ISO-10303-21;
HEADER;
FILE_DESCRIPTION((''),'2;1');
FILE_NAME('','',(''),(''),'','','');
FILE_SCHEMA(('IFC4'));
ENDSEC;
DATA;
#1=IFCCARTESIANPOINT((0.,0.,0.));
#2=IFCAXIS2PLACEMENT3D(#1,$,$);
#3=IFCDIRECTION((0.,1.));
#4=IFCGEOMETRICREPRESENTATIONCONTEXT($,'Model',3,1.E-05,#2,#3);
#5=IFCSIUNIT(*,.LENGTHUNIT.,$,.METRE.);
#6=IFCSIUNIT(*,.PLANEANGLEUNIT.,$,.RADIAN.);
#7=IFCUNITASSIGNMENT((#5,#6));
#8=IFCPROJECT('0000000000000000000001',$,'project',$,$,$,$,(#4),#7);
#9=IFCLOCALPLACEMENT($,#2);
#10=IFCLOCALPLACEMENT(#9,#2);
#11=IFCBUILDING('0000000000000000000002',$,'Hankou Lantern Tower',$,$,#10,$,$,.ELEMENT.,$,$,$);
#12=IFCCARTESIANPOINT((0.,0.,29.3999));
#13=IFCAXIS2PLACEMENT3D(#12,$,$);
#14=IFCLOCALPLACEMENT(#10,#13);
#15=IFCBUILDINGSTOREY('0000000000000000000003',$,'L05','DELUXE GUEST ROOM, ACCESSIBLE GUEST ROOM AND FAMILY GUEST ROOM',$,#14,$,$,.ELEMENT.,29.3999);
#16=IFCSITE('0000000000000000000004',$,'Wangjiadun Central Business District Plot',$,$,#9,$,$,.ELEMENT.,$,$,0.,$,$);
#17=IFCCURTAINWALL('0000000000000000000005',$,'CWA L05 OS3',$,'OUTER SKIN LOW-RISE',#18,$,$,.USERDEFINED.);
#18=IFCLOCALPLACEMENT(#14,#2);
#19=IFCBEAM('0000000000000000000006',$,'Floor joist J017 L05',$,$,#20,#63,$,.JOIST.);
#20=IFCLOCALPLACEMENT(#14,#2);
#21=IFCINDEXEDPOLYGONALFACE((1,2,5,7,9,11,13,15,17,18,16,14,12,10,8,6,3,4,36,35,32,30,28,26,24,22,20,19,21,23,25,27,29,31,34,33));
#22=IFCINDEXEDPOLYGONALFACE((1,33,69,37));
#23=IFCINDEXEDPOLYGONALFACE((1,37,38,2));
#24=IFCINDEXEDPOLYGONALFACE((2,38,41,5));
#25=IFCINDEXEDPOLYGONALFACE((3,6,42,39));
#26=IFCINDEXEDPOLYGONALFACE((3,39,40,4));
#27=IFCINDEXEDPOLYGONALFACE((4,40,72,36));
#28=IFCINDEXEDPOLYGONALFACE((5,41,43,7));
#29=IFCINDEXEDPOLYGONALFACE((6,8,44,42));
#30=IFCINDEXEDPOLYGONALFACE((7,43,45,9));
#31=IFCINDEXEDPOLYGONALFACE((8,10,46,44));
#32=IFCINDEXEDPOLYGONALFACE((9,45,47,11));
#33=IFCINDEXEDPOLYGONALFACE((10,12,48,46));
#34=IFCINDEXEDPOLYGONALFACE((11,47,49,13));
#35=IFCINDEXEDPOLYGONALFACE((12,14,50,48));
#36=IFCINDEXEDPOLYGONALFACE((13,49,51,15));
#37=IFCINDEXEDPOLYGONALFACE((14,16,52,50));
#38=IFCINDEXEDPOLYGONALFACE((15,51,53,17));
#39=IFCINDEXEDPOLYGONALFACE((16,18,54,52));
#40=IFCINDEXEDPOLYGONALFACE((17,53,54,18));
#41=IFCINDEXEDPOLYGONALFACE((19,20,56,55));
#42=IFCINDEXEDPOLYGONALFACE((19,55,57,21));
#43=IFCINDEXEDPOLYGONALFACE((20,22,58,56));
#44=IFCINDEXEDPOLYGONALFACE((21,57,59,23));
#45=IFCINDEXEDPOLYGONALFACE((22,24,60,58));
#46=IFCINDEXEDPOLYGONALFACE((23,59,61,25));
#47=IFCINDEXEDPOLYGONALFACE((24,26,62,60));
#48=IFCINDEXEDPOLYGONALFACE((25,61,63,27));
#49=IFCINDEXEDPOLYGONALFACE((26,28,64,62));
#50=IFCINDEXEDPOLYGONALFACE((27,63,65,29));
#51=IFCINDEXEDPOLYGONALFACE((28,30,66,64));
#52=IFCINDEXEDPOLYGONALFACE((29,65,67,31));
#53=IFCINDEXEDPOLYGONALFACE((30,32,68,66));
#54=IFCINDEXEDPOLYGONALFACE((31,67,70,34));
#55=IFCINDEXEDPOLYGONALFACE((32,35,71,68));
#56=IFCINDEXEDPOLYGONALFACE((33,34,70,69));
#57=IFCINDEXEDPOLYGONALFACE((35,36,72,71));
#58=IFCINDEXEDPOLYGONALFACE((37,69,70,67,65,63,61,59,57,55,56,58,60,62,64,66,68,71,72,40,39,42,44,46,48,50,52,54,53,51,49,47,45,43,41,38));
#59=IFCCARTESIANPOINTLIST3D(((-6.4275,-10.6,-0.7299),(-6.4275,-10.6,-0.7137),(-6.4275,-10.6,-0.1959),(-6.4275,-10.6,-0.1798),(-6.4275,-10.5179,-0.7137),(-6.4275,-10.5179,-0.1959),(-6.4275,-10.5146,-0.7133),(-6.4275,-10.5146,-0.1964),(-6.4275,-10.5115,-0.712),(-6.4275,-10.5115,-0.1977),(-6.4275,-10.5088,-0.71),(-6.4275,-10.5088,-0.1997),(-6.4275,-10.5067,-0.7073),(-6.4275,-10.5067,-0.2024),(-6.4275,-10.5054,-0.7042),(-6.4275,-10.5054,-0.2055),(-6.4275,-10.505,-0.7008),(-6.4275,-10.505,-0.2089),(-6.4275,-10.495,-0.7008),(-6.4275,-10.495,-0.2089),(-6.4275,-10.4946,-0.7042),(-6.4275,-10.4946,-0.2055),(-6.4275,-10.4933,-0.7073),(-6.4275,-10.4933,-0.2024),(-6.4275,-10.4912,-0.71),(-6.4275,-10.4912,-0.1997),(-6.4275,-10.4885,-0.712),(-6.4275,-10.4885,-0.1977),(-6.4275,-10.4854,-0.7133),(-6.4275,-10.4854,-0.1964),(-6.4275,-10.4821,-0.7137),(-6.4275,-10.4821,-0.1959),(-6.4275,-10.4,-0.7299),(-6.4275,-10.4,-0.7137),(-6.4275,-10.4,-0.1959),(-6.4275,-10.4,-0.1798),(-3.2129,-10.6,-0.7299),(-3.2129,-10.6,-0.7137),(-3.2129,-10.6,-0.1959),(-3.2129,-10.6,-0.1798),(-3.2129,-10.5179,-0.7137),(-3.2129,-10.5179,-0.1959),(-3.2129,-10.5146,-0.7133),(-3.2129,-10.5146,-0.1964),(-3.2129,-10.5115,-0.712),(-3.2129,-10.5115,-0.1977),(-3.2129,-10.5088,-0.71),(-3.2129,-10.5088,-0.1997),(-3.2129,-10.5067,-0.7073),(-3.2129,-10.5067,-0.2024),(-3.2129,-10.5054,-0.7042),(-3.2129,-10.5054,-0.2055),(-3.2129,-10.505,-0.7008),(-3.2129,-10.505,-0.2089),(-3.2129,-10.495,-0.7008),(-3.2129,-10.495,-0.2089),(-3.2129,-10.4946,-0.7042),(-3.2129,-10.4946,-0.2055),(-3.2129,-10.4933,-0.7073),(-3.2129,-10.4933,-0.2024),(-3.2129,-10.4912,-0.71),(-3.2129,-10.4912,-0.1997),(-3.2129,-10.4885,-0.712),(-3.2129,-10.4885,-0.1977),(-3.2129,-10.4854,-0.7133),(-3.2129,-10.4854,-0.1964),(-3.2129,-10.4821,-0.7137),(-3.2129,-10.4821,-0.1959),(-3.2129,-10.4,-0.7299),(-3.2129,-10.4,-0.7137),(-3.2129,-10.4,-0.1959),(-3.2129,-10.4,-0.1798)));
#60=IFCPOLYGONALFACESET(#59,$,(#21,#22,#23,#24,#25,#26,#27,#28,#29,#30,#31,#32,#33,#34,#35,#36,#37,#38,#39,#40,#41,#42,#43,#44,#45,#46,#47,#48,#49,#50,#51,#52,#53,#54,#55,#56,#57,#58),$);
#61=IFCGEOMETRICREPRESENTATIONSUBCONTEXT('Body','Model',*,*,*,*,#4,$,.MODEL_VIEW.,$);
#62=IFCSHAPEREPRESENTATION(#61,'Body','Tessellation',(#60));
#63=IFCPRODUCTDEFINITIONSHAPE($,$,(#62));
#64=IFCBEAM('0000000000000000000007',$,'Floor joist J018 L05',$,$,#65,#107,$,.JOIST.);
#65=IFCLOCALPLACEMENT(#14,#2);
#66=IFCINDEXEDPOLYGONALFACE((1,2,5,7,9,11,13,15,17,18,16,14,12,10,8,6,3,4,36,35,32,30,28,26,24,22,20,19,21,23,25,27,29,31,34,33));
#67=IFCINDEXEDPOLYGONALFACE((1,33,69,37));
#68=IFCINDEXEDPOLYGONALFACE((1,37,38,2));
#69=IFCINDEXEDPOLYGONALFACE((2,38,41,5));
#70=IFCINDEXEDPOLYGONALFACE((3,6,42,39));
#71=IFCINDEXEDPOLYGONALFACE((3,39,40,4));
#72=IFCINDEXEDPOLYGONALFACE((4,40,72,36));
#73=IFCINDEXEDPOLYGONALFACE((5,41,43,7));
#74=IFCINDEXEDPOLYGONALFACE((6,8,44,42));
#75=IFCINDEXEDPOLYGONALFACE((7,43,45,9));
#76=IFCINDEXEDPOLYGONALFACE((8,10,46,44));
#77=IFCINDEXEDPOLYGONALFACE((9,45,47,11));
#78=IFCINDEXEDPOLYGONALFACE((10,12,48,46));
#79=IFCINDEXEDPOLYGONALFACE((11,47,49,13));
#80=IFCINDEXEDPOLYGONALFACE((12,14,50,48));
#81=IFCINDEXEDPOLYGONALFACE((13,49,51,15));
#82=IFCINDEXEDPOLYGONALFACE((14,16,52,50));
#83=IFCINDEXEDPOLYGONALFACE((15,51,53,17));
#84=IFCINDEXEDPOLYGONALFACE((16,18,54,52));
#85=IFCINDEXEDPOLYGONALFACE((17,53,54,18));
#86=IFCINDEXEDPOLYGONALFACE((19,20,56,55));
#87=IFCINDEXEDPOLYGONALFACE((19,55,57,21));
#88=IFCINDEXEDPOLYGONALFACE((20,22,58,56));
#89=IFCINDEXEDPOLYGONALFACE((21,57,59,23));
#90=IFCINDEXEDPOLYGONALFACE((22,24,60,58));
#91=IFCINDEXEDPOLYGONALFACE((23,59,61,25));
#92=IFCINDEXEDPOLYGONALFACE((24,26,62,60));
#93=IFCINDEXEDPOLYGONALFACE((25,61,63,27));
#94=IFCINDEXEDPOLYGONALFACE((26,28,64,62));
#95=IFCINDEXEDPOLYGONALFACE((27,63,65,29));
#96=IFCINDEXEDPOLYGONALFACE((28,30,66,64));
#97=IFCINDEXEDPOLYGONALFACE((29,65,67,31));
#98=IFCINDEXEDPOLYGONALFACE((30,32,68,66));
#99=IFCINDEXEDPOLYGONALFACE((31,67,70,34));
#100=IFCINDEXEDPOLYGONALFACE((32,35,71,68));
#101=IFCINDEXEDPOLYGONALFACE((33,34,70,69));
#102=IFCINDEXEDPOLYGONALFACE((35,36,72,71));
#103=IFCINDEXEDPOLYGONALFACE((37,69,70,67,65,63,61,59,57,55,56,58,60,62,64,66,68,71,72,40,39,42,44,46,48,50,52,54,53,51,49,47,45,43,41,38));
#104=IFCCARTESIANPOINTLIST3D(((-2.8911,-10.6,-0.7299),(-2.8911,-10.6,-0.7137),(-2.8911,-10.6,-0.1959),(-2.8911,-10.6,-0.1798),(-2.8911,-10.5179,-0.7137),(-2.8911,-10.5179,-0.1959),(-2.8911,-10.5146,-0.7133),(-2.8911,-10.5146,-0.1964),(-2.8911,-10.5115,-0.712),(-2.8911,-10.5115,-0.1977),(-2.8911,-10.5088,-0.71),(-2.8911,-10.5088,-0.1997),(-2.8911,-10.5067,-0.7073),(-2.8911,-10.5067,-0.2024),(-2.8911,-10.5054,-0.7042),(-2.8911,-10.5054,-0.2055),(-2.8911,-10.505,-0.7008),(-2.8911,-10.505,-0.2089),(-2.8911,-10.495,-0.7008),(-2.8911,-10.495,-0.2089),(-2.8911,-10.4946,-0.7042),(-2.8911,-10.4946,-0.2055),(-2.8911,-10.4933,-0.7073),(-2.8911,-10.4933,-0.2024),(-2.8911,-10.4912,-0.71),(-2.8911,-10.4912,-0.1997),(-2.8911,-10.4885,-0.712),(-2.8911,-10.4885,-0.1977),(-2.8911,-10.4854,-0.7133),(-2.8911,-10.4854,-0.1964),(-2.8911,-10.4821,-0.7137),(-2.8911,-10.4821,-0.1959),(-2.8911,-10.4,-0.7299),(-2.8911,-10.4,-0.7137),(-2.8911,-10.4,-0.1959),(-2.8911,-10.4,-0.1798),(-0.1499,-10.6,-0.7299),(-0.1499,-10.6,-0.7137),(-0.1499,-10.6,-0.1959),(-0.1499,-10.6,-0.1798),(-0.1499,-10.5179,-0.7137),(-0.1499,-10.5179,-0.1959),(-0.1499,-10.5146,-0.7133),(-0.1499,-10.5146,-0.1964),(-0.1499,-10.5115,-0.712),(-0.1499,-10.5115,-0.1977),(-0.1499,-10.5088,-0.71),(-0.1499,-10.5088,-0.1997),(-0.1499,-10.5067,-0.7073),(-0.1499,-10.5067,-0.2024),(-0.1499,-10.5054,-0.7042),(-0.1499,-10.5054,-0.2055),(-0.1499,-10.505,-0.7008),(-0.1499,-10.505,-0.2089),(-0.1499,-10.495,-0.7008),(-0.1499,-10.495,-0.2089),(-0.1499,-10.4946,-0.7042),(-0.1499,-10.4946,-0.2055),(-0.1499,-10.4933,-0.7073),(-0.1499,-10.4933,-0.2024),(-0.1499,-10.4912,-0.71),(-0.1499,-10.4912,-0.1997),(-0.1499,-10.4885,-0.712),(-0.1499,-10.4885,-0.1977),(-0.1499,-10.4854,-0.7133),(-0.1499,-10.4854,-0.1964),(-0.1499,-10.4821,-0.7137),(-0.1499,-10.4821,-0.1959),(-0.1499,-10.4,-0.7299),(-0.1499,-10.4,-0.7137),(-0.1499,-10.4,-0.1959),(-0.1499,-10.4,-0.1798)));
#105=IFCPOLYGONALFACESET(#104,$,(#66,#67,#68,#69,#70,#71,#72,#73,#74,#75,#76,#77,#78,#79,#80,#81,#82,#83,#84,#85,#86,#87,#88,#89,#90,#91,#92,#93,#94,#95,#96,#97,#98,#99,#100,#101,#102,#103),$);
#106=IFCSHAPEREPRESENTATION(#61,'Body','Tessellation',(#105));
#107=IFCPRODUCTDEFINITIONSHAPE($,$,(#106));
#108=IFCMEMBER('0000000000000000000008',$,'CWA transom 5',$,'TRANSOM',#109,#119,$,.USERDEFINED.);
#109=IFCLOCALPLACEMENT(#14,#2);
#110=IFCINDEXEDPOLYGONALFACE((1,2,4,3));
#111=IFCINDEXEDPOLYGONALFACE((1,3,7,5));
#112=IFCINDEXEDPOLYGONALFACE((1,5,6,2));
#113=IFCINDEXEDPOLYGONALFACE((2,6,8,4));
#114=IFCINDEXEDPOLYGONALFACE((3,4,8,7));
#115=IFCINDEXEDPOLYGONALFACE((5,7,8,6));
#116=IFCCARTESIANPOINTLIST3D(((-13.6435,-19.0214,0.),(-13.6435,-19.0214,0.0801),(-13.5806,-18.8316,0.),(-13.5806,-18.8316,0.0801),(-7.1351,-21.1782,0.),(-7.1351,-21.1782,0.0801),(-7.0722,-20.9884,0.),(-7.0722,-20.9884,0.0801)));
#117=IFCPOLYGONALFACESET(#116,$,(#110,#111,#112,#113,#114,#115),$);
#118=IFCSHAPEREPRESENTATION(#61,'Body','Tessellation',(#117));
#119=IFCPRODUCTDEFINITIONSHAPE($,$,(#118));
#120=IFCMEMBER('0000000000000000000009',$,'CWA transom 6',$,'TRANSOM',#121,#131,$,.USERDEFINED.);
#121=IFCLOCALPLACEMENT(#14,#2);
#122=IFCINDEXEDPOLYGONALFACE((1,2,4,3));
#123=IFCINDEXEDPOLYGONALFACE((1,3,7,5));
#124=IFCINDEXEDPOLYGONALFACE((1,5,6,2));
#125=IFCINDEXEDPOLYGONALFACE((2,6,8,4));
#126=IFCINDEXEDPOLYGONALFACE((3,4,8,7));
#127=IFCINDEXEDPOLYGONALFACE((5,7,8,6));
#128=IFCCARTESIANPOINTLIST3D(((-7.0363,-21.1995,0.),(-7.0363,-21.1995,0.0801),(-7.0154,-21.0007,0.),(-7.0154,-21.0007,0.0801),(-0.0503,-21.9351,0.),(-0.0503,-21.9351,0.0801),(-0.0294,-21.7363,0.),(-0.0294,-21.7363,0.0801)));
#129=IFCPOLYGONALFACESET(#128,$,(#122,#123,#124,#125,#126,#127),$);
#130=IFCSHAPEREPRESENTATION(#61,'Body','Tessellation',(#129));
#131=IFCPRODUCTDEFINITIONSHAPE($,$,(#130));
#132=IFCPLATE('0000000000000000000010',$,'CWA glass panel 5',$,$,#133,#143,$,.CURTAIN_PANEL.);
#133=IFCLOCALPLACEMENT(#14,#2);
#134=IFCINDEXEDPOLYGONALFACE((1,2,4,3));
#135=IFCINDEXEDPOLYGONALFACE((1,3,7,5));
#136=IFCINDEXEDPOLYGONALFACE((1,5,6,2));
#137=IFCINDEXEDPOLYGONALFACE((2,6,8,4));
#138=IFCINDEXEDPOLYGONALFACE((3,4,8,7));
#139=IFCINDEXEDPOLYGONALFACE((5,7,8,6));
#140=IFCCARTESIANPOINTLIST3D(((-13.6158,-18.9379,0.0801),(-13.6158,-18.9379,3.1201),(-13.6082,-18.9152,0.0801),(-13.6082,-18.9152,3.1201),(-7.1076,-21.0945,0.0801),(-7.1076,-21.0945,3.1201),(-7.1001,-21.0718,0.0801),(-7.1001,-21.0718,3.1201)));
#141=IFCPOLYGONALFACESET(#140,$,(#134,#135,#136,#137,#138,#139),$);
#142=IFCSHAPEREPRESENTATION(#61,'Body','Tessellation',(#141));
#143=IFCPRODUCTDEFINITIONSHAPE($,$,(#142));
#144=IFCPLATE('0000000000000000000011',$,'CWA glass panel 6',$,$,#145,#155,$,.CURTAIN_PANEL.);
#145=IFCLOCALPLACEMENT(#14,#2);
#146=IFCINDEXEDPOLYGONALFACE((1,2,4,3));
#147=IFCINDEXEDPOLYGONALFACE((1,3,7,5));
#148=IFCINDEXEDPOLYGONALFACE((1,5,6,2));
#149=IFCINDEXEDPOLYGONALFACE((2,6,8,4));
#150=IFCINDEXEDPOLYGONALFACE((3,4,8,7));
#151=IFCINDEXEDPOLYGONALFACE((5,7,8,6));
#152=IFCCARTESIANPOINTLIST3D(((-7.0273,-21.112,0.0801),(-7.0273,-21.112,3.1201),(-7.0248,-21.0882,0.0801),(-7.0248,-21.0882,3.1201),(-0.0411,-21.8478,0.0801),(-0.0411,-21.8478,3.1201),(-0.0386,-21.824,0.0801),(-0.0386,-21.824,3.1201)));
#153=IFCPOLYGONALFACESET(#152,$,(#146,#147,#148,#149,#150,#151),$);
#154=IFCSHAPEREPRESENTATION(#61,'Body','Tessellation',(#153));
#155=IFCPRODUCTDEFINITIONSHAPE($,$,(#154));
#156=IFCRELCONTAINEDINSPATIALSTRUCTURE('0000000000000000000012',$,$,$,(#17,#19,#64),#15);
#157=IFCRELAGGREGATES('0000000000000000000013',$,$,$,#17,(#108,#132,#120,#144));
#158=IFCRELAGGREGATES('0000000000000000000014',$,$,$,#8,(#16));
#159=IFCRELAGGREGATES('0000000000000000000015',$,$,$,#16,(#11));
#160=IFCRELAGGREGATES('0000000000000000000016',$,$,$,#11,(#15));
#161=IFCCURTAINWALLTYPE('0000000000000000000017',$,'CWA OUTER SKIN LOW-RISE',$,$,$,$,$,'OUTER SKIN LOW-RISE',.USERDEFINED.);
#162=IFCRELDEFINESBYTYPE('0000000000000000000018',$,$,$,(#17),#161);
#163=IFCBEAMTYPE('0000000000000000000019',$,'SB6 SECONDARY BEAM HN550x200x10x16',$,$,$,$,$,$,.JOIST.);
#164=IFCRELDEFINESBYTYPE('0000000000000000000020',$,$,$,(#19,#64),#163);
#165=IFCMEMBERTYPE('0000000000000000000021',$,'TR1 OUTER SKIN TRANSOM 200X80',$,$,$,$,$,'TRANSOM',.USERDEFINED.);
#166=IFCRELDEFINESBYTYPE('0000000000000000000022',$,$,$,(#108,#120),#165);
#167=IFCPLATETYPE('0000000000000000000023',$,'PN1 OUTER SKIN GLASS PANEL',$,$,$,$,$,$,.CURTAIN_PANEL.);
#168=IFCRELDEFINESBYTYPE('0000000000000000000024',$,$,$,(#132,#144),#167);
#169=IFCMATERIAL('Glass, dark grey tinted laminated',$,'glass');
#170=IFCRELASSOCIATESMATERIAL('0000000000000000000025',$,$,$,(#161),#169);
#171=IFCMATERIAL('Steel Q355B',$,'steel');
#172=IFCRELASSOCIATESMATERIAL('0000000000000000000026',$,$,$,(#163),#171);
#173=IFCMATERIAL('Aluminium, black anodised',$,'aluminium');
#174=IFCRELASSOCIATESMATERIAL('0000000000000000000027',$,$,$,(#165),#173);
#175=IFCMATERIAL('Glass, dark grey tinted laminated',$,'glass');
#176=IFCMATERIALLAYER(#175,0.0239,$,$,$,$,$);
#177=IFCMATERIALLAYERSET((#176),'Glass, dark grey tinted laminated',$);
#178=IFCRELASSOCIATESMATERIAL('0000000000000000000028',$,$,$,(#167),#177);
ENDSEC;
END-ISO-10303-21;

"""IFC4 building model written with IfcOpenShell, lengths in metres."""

from ifc_helpers import new_model, si_unit, direction, frame, origin, origin_2d, place, context, subcontext, project, spatial, rectangle, i_section, extrude, material, layer, layer_set, material_profile, profile_set, type_object, element, aggregate, save


model = new_model("IFC4")

# Units and contexts
model_context = context("Model", 3, precision=1e-05, world=origin(), true_north=direction((0.0, 1.0)))
body_context = subcontext(model_context, "Body", "Model", "MODEL_VIEW")
ifc_project = project(units=[si_unit("LENGTHUNIT", "METRE"), si_unit("PLANEANGLEUNIT", "RADIAN")], contexts=[model_context])

# Site, building, storey
site_placement = place(None, origin())
site = spatial("IfcSite", under=ifc_project, at=site_placement, Name="Wangjiadun Central Business District Plot", CompositionType="ELEMENT", RefElevation=0.0)
building_placement = place(site_placement, origin())
building = spatial("IfcBuilding", under=site, at=building_placement, Name="Hankou Lantern Tower", CompositionType="ELEMENT")
storey_placement = place(building_placement, frame((0.0, 0.0, 29.3999)))
storey = spatial("IfcBuildingStorey", under=building, at=storey_placement, Name="L05", Description="DELUXE GUEST ROOM, ACCESSIBLE GUEST ROOM AND FAMILY GUEST ROOM", CompositionType="ELEMENT", Elevation=29.3999)

# Curtain wall
ifc_material_1 = material(Name="Glass, dark grey tinted laminated", Category="glass")
curtain_wall_type = type_object("IfcCurtainWallType", Name="CWA OUTER SKIN LOW-RISE", ElementType="OUTER SKIN LOW-RISE", PredefinedType="USERDEFINED", material=ifc_material_1)
curtain_wall_placement = place(storey_placement, origin())
curtain_wall = element("IfcCurtainWall", 1, at=curtain_wall_placement, inside=storey, type_object=curtain_wall_type, Name="CWA L05 OS3", ObjectType="OUTER SKIN LOW-RISE", PredefinedType="USERDEFINED")

# Beams
ifc_material_2 = material(Name="Steel Q355B", Category="steel")
ifc_material_profile_1 = material_profile(ifc_material_2, i_section(OverallWidth=0.2, OverallDepth=0.55, WebThickness=0.01, FlangeThickness=0.0161, FilletRadius=0.0129, at=origin_2d()), Name="HN550x200x10x16")
ifc_profile_set_1 = profile_set([ifc_material_profile_1], Name="Steel Q355B")
beam_type_1 = type_object("IfcBeamType", Name="SB6 SECONDARY BEAM HN550x200x10x16", PredefinedType="JOIST", material=ifc_profile_set_1)
beam_1_placement = place(storey_placement, frame((-6.4275, -10.5, -0.4548), z_axis=(1.0, 0.0, 0.0), x_axis=(0.0, 1.0, 0.0)))
element("IfcBeam", 2, at=beam_1_placement, inside=storey, type_object=beam_type_1, Name="Floor joist J017 L05", PredefinedType="JOIST", context=body_context, shape_type="SweptSolid", body=[
    extrude(i_section(OverallWidth=0.2, OverallDepth=0.55, WebThickness=0.01, FlangeThickness=0.0161, FilletRadius=0.0129, at=origin_2d()), origin(), (0.0, 0.0, 1.0), 3.2146),
])
beam_2_placement = place(storey_placement, frame((-2.8911, -10.5, -0.4548), z_axis=(1.0, 0.0, 0.0), x_axis=(0.0, 1.0, 0.0)))
element("IfcBeam", 3, at=beam_2_placement, inside=storey, type_object=beam_type_1, Name="Floor joist J018 L05", PredefinedType="JOIST", context=body_context, shape_type="SweptSolid", body=[
    extrude(i_section(OverallWidth=0.2, OverallDepth=0.55, WebThickness=0.01, FlangeThickness=0.0161, FilletRadius=0.0129, at=origin_2d()), origin(), (0.0, 0.0, 1.0), 2.7412),
])

# Members
ifc_material_3 = material(Name="Aluminium, black anodised", Category="aluminium")
ifc_material_profile_2 = material_profile(ifc_material_3, rectangle(XDim=0.2, YDim=0.0801, at=origin_2d()), Name="TR1 200X80")
ifc_profile_set_2 = profile_set([ifc_material_profile_2], Name="Aluminium, black anodised")
member_type_1 = type_object("IfcMemberType", Name="TR1 OUTER SKIN TRANSOM 200X80", ElementType="TRANSOM", PredefinedType="USERDEFINED", material=ifc_profile_set_2)
member_1_placement = place(storey_placement, frame((-13.6121, -18.9265, 0.04), z_axis=(0.949237, -0.314561, 0.0), x_axis=(0.314561, 0.949237, 0.0)))
member_1 = element("IfcMember", 4, at=member_1_placement, type_object=member_type_1, Name="CWA transom 5", ObjectType="TRANSOM", PredefinedType="USERDEFINED", context=body_context, shape_type="SweptSolid", body=[
    extrude(rectangle(XDim=0.2, YDim=0.0801, at=origin_2d()), origin(), (0.0, 0.0, 1.0), 6.8564),
])
member_2_placement = place(storey_placement, frame((-7.0259, -21.1001, 0.04), z_axis=(0.994502, -0.104716, 0.0), x_axis=(0.104716, 0.994502, 0.0)))
member_2 = element("IfcMember", 5, at=member_2_placement, type_object=member_type_1, Name="CWA transom 6", ObjectType="TRANSOM", PredefinedType="USERDEFINED", context=body_context, shape_type="SweptSolid", body=[
    extrude(rectangle(XDim=0.2, YDim=0.0801, at=origin_2d()), origin(), (0.0, 0.0, 1.0), 7.0247),
])

# Plates
ifc_material_4 = material(Name="Glass, dark grey tinted laminated", Category="glass")
ifc_layer_1 = layer(ifc_material_4, 0.0239)
ifc_layer_set_1 = layer_set([ifc_layer_1], Name="Glass, dark grey tinted laminated")
plate_type = type_object("IfcPlateType", Name="PN1 OUTER SKIN GLASS PANEL", PredefinedType="CURTAIN_PANEL", material=ifc_layer_set_1)
plate_1_placement = place(storey_placement, frame((-10.3579, -20.0049, 0.0801), z_axis=(0.0, 0.0, 1.0), x_axis=(0.949241, -0.314551, 0.0)))
plate_1 = element("IfcPlate", 6, at=plate_1_placement, type_object=plate_type, Name="CWA glass panel 5", PredefinedType="CURTAIN_PANEL", context=body_context, shape_type="SweptSolid", body=[
    extrude(rectangle(XDim=6.8562, YDim=0.0239, at=origin_2d()), origin(), (0.0, 0.0, 1.0), 3.04),
])
plate_2_placement = place(storey_placement, frame((-3.533, -21.468, 0.0801), z_axis=(0.0, 0.0, 1.0), x_axis=(0.994499, -0.104743, 0.0)))
plate_2 = element("IfcPlate", 7, at=plate_2_placement, type_object=plate_type, Name="CWA glass panel 6", PredefinedType="CURTAIN_PANEL", context=body_context, shape_type="SweptSolid", body=[
    extrude(rectangle(XDim=7.0249, YDim=0.0239, at=origin_2d()), origin(), (0.0, 0.0, 1.0), 3.04),
])
aggregate(curtain_wall, [member_1, plate_1, member_2, plate_2])

save(model, "model.ifc")
